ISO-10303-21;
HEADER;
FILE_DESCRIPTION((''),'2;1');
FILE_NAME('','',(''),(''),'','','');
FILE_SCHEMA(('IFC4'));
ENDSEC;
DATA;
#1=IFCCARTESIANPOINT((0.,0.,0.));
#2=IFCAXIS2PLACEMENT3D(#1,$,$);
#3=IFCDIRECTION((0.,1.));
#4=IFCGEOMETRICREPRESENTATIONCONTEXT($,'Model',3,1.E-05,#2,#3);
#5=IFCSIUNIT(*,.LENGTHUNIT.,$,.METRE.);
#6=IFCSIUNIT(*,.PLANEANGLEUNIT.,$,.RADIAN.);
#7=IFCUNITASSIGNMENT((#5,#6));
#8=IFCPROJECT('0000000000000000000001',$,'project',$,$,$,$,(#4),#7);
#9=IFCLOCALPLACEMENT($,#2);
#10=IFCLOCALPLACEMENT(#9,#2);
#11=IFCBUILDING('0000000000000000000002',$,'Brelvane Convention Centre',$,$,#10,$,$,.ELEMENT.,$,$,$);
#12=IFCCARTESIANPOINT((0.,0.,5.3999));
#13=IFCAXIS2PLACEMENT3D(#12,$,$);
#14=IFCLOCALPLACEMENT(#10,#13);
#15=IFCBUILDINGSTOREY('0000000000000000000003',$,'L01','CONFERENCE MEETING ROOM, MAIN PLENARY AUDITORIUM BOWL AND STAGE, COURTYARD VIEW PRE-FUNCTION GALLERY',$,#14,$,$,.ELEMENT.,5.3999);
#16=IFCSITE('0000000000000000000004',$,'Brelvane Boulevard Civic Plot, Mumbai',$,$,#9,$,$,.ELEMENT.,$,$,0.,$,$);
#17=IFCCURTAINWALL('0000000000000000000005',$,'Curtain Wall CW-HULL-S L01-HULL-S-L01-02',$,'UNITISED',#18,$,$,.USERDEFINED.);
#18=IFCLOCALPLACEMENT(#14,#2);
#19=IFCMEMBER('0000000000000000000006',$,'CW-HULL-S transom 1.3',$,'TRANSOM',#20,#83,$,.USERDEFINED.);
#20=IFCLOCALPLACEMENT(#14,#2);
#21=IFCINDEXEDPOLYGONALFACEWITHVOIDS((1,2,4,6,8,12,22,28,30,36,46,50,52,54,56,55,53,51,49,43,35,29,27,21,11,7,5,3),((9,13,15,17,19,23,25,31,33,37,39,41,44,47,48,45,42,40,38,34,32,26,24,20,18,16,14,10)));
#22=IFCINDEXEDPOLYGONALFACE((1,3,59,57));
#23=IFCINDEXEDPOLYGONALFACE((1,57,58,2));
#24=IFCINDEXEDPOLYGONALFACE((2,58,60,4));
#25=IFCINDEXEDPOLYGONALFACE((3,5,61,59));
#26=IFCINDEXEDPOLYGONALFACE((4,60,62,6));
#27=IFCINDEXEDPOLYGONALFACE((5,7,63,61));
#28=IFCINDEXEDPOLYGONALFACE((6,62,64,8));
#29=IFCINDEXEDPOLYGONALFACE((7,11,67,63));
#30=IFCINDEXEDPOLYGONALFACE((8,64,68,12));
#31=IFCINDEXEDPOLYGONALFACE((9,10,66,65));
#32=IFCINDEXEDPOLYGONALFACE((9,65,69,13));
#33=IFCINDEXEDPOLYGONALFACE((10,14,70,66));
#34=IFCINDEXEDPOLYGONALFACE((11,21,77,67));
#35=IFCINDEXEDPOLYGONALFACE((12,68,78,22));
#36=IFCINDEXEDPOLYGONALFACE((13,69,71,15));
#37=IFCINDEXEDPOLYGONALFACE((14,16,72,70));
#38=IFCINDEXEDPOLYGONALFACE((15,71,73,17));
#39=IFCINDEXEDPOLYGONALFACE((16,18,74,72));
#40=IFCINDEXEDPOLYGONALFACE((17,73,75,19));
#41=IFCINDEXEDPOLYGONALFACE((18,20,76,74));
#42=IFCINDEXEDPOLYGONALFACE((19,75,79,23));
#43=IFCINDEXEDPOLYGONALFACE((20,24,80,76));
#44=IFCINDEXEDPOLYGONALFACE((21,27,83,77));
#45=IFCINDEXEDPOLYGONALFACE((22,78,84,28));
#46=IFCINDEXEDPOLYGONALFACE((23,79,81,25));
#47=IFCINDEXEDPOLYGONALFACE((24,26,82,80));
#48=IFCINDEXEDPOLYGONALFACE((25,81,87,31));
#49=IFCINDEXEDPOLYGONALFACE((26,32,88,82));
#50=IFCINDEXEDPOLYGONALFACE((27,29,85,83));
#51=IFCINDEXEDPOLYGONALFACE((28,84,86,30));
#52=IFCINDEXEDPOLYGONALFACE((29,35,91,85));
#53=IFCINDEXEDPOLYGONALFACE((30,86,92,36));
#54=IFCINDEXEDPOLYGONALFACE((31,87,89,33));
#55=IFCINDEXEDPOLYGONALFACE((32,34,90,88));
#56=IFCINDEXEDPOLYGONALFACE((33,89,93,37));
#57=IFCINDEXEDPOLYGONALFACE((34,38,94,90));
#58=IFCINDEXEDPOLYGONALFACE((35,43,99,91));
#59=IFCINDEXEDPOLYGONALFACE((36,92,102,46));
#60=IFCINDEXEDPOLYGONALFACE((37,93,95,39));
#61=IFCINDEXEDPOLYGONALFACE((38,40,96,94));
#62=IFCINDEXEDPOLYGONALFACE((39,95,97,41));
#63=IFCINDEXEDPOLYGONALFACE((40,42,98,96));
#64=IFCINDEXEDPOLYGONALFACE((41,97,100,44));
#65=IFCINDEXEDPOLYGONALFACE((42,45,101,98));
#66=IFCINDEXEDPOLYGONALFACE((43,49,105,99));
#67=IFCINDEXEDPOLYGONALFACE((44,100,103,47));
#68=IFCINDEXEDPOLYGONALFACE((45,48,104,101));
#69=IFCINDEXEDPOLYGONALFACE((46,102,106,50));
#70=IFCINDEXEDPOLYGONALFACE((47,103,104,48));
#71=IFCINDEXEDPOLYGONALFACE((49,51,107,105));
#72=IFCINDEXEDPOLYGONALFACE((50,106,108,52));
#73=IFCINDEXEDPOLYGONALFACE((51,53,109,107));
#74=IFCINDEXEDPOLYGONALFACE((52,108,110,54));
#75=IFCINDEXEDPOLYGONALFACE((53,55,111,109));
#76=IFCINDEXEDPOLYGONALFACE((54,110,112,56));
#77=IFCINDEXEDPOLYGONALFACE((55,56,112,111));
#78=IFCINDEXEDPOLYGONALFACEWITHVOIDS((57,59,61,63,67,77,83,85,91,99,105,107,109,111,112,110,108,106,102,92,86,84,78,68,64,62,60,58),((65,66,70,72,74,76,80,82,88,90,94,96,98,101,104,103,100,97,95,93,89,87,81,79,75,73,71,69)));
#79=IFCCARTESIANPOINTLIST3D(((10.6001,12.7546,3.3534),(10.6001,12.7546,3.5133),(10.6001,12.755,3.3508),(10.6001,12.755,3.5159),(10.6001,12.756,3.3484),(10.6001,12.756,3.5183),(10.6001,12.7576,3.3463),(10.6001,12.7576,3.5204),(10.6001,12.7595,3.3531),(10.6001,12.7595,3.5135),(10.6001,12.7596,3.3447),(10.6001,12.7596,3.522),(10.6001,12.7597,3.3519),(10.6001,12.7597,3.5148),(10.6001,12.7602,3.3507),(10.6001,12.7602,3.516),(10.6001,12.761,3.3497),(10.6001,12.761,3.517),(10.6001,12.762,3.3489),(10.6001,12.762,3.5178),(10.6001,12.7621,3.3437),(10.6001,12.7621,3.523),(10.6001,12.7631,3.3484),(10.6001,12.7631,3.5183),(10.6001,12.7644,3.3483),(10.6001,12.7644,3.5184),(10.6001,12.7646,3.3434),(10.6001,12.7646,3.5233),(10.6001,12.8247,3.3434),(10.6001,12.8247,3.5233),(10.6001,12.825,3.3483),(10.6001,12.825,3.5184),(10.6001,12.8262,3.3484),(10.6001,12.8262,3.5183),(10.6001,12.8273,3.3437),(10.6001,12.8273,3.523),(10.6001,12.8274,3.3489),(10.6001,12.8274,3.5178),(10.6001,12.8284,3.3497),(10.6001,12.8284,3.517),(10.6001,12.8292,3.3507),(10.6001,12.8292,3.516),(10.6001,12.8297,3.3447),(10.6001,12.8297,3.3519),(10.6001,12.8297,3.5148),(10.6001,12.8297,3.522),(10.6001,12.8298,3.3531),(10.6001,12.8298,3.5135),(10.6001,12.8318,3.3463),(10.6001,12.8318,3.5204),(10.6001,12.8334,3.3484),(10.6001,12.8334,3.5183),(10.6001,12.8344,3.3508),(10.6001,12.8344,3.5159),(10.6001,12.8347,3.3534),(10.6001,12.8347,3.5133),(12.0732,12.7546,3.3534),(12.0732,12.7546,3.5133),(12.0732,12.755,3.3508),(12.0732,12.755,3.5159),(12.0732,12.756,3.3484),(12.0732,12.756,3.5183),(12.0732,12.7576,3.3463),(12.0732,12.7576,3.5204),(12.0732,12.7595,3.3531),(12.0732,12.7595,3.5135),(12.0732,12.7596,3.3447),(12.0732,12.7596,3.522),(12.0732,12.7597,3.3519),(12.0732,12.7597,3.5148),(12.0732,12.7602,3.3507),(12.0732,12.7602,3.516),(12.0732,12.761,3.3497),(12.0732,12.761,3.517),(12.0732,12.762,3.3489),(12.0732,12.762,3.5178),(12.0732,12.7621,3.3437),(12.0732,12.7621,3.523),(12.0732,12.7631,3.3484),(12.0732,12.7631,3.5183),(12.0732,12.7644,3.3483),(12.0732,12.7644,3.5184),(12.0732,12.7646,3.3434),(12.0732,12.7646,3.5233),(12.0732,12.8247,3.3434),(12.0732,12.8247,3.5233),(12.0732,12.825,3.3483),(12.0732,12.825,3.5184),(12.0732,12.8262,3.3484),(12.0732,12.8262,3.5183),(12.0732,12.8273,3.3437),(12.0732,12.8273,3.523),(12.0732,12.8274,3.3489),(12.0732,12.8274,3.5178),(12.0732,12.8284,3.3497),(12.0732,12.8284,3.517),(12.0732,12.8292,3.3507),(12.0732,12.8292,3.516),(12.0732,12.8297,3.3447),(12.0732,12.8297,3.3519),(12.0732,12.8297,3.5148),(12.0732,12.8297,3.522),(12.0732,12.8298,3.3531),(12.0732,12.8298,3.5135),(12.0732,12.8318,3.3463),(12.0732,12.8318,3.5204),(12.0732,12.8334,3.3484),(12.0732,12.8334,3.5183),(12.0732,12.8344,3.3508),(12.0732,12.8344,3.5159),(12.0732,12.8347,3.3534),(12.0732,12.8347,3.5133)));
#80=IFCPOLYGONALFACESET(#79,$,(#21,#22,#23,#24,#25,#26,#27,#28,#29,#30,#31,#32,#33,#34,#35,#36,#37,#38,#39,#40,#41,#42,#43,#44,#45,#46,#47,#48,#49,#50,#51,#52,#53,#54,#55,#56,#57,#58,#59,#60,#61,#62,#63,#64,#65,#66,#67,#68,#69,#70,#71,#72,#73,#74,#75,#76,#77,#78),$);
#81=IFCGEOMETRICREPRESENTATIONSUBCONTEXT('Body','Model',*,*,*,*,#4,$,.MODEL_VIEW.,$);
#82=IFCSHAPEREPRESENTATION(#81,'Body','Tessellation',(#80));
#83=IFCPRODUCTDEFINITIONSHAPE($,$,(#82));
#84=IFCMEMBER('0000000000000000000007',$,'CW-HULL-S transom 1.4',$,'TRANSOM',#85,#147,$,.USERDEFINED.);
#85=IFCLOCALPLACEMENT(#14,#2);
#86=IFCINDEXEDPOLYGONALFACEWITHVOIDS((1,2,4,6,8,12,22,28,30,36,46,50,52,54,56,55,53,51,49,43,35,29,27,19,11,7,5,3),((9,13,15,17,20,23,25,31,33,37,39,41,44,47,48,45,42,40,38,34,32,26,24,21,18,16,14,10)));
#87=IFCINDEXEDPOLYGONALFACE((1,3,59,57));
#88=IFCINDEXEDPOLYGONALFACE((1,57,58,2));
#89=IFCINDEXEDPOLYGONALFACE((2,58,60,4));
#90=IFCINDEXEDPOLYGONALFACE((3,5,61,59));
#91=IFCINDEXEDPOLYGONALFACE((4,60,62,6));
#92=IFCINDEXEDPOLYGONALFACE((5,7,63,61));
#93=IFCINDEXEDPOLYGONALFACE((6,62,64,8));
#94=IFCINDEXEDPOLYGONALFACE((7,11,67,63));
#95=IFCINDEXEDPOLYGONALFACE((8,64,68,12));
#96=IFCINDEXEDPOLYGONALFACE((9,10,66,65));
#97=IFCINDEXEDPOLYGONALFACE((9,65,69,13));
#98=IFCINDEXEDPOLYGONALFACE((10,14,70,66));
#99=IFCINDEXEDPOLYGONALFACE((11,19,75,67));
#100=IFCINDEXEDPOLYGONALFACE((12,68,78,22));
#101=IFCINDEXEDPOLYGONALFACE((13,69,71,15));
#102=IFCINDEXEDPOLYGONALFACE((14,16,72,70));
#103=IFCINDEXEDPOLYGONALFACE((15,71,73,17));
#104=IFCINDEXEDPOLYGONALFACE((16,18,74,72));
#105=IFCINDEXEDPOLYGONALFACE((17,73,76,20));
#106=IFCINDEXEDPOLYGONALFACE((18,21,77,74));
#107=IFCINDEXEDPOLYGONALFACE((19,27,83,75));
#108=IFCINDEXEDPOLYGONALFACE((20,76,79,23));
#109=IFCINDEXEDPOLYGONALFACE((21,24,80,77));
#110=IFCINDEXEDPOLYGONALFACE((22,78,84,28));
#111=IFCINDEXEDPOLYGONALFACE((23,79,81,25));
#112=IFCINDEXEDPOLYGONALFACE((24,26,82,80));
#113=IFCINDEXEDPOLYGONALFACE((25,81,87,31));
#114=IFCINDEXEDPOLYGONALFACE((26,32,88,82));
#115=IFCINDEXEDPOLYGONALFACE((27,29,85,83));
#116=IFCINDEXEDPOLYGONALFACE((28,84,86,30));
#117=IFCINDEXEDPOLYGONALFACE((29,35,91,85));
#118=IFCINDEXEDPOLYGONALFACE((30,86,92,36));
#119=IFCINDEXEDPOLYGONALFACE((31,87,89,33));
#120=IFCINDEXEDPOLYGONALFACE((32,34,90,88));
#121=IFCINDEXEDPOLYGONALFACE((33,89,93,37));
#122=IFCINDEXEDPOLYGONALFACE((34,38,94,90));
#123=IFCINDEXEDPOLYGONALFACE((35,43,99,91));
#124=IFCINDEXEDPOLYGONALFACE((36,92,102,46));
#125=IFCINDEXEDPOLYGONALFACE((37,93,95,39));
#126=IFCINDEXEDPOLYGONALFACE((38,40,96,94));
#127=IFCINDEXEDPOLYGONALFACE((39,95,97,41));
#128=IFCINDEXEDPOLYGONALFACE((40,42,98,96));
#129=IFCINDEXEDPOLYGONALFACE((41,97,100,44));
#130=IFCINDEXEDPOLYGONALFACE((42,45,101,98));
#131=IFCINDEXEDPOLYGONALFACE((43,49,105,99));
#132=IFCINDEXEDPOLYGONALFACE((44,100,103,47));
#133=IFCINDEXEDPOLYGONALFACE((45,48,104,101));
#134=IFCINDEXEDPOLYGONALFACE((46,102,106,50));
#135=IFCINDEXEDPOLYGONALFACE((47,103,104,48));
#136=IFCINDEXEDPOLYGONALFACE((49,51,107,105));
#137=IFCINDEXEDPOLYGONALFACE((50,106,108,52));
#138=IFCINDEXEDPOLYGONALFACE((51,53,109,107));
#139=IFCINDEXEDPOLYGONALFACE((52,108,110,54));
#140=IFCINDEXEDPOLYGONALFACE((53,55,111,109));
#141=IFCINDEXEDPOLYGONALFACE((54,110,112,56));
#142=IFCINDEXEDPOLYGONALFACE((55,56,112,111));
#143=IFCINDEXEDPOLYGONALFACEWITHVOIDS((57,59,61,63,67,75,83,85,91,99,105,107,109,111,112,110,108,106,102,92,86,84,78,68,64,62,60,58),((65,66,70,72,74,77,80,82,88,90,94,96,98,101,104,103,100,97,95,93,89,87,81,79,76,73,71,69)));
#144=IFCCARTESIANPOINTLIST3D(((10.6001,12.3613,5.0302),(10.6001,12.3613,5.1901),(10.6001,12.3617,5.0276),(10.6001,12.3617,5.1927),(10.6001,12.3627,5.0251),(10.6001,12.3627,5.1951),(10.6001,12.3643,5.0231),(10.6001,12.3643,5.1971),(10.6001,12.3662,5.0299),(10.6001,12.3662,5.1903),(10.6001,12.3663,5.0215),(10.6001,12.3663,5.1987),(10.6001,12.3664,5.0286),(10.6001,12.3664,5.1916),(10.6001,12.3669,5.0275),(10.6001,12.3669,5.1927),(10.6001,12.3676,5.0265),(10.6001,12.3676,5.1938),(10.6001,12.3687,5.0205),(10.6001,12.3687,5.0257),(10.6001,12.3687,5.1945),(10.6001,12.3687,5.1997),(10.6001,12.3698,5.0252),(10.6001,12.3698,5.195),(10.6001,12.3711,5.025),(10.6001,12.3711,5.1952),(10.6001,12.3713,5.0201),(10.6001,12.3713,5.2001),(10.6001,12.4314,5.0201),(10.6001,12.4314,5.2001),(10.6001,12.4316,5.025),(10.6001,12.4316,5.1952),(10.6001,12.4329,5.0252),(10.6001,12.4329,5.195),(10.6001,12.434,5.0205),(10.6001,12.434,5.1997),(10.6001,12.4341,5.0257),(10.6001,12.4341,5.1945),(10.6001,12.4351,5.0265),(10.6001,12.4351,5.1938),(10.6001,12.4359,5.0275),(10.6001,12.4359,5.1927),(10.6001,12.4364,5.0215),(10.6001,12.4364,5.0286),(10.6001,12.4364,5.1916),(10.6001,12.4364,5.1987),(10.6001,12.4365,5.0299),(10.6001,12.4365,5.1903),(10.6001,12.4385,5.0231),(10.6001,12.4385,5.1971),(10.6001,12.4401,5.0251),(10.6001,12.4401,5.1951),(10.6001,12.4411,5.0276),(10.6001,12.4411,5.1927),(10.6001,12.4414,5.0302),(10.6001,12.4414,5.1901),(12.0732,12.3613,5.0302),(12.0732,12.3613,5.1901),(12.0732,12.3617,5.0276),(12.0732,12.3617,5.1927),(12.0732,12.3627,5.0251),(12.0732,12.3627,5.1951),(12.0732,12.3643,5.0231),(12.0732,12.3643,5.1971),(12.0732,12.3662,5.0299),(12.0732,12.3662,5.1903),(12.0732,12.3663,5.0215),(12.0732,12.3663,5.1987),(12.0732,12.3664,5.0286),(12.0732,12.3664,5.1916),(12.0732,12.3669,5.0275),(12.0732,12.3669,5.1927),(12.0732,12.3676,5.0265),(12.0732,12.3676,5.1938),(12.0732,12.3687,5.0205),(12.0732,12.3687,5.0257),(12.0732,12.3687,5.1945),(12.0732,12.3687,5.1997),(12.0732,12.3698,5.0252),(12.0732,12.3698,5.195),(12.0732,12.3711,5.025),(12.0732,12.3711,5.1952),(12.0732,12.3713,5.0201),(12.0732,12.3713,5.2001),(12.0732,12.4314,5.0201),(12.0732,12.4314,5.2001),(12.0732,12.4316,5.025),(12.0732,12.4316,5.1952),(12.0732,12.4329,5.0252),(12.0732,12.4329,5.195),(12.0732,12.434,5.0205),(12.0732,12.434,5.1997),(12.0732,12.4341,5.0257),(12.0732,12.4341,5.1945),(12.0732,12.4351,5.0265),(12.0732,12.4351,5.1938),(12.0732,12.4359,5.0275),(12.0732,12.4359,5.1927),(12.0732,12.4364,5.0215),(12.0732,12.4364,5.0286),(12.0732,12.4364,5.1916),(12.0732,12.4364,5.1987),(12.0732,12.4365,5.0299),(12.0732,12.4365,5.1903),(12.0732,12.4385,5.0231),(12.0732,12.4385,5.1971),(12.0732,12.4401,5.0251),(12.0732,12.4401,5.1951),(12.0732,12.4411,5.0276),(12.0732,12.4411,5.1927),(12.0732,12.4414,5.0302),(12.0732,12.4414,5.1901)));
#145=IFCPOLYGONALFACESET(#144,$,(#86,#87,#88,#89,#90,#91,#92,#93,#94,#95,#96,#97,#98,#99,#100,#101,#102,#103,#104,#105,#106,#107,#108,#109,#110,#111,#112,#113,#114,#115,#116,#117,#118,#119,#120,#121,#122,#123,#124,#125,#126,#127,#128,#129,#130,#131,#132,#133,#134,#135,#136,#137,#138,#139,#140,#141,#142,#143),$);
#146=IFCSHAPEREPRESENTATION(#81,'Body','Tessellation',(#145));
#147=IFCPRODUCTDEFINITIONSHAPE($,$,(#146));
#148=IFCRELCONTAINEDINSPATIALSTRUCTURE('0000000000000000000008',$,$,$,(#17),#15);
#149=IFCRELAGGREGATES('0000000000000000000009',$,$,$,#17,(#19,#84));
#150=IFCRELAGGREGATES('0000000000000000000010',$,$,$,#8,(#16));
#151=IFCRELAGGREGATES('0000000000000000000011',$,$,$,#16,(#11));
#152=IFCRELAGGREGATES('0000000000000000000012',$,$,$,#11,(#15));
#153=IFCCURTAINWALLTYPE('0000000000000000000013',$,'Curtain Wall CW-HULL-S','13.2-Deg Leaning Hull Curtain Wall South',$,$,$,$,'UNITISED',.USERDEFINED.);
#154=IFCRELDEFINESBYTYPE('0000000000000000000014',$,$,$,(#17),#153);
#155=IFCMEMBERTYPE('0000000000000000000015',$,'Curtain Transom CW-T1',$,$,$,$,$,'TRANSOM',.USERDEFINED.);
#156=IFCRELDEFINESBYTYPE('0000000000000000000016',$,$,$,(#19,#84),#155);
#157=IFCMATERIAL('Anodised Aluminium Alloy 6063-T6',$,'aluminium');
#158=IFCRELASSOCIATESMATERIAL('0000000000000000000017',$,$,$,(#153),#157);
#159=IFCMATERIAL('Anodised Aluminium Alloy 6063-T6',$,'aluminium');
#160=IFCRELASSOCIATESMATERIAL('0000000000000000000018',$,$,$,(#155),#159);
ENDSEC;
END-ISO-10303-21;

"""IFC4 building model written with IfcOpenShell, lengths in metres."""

from ifc_helpers import new_model, si_unit, direction, frame, origin, origin_2d, place, context, subcontext, project, spatial, hollow_rectangle, extrude, material, material_profile, profile_set, type_object, element, aggregate, save


model = new_model("IFC4")

# Units and contexts
model_context = context("Model", 3, precision=1e-05, world=origin(), true_north=direction((0.0, 1.0)))
body_context = subcontext(model_context, "Body", "Model", "MODEL_VIEW")
ifc_project = project(units=[si_unit("LENGTHUNIT", "METRE"), si_unit("PLANEANGLEUNIT", "RADIAN")], contexts=[model_context])

# Site, building, storey
site_placement = place(None, origin())
site = spatial("IfcSite", under=ifc_project, at=site_placement, Name="Brelvane Boulevard Civic Plot, Mumbai", CompositionType="ELEMENT", RefElevation=0.0)
building_placement = place(site_placement, origin())
building = spatial("IfcBuilding", under=site, at=building_placement, Name="Brelvane Convention Centre", CompositionType="ELEMENT")
storey_placement = place(building_placement, frame((0.0, 0.0, 5.3999)))
storey = spatial("IfcBuildingStorey", under=building, at=storey_placement, Name="L01", Description="CONFERENCE MEETING ROOM, MAIN PLENARY AUDITORIUM BOWL AND STAGE, COURTYARD VIEW PRE-FUNCTION GALLERY", CompositionType="ELEMENT", Elevation=5.3999)

# Curtain wall, members
ifc_material_1 = material(Name="Anodised Aluminium Alloy 6063-T6", Category="aluminium")
curtain_wall_type = type_object("IfcCurtainWallType", Name="Curtain Wall CW-HULL-S", Description="13.2-Deg Leaning Hull Curtain Wall South", ElementType="UNITISED", PredefinedType="USERDEFINED", material=ifc_material_1)
ifc_material_2 = material(Name="Anodised Aluminium Alloy 6063-T6", Category="aluminium")
ifc_material_profile = material_profile(ifc_material_2, hollow_rectangle(XDim=0.0801, YDim=0.1799, WallThickness=0.0049, InnerFilletRadius=0.0049, OuterFilletRadius=0.01, at=origin_2d()), Name="ALU-T 180x80x5.0")
ifc_profile_set = profile_set([ifc_material_profile], Name="Anodised Aluminium Alloy 6063-T6")
member_type = type_object("IfcMemberType", Name="Curtain Transom CW-T1", ElementType="TRANSOM", PredefinedType="USERDEFINED", material=ifc_profile_set)
curtain_wall_1_placement = place(storey_placement, origin())
curtain_wall_1 = element("IfcCurtainWall", 1, at=curtain_wall_1_placement, inside=storey, type_object=curtain_wall_type, Name="Curtain Wall CW-HULL-S L01-HULL-S-L01-02", ObjectType="UNITISED", PredefinedType="USERDEFINED")
member_1_placement = place(storey_placement, frame((10.6001, 12.7947, 3.4333), z_axis=(1.0, 0.0, 0.0), x_axis=(0.0, 1.0, 0.0)))
member_1 = element("IfcMember", 2, at=member_1_placement, type_object=member_type, Name="CW-HULL-S transom 1.3", ObjectType="TRANSOM", PredefinedType="USERDEFINED", context=body_context, shape_type="SweptSolid", body=[
    extrude(hollow_rectangle(XDim=0.0801, YDim=0.1799, WallThickness=0.0049, InnerFilletRadius=0.0049, OuterFilletRadius=0.01, at=origin_2d()), origin(), (0.0, 0.0, 1.0), 1.4731),
])
member_2_placement = place(storey_placement, frame((10.6001, 12.4014, 5.1101), z_axis=(1.0, 0.0, 0.0), x_axis=(0.0, 1.0, 0.0)))
member_2 = element("IfcMember", 3, at=member_2_placement, type_object=member_type, Name="CW-HULL-S transom 1.4", ObjectType="TRANSOM", PredefinedType="USERDEFINED", context=body_context, shape_type="SweptSolid", body=[
    extrude(hollow_rectangle(XDim=0.0801, YDim=0.1799, WallThickness=0.0049, InnerFilletRadius=0.0049, OuterFilletRadius=0.01, at=origin_2d()), origin(), (0.0, 0.0, 1.0), 1.4731),
])

aggregate(curtain_wall_1, [member_1, member_2])

save(model, "model.ifc")
